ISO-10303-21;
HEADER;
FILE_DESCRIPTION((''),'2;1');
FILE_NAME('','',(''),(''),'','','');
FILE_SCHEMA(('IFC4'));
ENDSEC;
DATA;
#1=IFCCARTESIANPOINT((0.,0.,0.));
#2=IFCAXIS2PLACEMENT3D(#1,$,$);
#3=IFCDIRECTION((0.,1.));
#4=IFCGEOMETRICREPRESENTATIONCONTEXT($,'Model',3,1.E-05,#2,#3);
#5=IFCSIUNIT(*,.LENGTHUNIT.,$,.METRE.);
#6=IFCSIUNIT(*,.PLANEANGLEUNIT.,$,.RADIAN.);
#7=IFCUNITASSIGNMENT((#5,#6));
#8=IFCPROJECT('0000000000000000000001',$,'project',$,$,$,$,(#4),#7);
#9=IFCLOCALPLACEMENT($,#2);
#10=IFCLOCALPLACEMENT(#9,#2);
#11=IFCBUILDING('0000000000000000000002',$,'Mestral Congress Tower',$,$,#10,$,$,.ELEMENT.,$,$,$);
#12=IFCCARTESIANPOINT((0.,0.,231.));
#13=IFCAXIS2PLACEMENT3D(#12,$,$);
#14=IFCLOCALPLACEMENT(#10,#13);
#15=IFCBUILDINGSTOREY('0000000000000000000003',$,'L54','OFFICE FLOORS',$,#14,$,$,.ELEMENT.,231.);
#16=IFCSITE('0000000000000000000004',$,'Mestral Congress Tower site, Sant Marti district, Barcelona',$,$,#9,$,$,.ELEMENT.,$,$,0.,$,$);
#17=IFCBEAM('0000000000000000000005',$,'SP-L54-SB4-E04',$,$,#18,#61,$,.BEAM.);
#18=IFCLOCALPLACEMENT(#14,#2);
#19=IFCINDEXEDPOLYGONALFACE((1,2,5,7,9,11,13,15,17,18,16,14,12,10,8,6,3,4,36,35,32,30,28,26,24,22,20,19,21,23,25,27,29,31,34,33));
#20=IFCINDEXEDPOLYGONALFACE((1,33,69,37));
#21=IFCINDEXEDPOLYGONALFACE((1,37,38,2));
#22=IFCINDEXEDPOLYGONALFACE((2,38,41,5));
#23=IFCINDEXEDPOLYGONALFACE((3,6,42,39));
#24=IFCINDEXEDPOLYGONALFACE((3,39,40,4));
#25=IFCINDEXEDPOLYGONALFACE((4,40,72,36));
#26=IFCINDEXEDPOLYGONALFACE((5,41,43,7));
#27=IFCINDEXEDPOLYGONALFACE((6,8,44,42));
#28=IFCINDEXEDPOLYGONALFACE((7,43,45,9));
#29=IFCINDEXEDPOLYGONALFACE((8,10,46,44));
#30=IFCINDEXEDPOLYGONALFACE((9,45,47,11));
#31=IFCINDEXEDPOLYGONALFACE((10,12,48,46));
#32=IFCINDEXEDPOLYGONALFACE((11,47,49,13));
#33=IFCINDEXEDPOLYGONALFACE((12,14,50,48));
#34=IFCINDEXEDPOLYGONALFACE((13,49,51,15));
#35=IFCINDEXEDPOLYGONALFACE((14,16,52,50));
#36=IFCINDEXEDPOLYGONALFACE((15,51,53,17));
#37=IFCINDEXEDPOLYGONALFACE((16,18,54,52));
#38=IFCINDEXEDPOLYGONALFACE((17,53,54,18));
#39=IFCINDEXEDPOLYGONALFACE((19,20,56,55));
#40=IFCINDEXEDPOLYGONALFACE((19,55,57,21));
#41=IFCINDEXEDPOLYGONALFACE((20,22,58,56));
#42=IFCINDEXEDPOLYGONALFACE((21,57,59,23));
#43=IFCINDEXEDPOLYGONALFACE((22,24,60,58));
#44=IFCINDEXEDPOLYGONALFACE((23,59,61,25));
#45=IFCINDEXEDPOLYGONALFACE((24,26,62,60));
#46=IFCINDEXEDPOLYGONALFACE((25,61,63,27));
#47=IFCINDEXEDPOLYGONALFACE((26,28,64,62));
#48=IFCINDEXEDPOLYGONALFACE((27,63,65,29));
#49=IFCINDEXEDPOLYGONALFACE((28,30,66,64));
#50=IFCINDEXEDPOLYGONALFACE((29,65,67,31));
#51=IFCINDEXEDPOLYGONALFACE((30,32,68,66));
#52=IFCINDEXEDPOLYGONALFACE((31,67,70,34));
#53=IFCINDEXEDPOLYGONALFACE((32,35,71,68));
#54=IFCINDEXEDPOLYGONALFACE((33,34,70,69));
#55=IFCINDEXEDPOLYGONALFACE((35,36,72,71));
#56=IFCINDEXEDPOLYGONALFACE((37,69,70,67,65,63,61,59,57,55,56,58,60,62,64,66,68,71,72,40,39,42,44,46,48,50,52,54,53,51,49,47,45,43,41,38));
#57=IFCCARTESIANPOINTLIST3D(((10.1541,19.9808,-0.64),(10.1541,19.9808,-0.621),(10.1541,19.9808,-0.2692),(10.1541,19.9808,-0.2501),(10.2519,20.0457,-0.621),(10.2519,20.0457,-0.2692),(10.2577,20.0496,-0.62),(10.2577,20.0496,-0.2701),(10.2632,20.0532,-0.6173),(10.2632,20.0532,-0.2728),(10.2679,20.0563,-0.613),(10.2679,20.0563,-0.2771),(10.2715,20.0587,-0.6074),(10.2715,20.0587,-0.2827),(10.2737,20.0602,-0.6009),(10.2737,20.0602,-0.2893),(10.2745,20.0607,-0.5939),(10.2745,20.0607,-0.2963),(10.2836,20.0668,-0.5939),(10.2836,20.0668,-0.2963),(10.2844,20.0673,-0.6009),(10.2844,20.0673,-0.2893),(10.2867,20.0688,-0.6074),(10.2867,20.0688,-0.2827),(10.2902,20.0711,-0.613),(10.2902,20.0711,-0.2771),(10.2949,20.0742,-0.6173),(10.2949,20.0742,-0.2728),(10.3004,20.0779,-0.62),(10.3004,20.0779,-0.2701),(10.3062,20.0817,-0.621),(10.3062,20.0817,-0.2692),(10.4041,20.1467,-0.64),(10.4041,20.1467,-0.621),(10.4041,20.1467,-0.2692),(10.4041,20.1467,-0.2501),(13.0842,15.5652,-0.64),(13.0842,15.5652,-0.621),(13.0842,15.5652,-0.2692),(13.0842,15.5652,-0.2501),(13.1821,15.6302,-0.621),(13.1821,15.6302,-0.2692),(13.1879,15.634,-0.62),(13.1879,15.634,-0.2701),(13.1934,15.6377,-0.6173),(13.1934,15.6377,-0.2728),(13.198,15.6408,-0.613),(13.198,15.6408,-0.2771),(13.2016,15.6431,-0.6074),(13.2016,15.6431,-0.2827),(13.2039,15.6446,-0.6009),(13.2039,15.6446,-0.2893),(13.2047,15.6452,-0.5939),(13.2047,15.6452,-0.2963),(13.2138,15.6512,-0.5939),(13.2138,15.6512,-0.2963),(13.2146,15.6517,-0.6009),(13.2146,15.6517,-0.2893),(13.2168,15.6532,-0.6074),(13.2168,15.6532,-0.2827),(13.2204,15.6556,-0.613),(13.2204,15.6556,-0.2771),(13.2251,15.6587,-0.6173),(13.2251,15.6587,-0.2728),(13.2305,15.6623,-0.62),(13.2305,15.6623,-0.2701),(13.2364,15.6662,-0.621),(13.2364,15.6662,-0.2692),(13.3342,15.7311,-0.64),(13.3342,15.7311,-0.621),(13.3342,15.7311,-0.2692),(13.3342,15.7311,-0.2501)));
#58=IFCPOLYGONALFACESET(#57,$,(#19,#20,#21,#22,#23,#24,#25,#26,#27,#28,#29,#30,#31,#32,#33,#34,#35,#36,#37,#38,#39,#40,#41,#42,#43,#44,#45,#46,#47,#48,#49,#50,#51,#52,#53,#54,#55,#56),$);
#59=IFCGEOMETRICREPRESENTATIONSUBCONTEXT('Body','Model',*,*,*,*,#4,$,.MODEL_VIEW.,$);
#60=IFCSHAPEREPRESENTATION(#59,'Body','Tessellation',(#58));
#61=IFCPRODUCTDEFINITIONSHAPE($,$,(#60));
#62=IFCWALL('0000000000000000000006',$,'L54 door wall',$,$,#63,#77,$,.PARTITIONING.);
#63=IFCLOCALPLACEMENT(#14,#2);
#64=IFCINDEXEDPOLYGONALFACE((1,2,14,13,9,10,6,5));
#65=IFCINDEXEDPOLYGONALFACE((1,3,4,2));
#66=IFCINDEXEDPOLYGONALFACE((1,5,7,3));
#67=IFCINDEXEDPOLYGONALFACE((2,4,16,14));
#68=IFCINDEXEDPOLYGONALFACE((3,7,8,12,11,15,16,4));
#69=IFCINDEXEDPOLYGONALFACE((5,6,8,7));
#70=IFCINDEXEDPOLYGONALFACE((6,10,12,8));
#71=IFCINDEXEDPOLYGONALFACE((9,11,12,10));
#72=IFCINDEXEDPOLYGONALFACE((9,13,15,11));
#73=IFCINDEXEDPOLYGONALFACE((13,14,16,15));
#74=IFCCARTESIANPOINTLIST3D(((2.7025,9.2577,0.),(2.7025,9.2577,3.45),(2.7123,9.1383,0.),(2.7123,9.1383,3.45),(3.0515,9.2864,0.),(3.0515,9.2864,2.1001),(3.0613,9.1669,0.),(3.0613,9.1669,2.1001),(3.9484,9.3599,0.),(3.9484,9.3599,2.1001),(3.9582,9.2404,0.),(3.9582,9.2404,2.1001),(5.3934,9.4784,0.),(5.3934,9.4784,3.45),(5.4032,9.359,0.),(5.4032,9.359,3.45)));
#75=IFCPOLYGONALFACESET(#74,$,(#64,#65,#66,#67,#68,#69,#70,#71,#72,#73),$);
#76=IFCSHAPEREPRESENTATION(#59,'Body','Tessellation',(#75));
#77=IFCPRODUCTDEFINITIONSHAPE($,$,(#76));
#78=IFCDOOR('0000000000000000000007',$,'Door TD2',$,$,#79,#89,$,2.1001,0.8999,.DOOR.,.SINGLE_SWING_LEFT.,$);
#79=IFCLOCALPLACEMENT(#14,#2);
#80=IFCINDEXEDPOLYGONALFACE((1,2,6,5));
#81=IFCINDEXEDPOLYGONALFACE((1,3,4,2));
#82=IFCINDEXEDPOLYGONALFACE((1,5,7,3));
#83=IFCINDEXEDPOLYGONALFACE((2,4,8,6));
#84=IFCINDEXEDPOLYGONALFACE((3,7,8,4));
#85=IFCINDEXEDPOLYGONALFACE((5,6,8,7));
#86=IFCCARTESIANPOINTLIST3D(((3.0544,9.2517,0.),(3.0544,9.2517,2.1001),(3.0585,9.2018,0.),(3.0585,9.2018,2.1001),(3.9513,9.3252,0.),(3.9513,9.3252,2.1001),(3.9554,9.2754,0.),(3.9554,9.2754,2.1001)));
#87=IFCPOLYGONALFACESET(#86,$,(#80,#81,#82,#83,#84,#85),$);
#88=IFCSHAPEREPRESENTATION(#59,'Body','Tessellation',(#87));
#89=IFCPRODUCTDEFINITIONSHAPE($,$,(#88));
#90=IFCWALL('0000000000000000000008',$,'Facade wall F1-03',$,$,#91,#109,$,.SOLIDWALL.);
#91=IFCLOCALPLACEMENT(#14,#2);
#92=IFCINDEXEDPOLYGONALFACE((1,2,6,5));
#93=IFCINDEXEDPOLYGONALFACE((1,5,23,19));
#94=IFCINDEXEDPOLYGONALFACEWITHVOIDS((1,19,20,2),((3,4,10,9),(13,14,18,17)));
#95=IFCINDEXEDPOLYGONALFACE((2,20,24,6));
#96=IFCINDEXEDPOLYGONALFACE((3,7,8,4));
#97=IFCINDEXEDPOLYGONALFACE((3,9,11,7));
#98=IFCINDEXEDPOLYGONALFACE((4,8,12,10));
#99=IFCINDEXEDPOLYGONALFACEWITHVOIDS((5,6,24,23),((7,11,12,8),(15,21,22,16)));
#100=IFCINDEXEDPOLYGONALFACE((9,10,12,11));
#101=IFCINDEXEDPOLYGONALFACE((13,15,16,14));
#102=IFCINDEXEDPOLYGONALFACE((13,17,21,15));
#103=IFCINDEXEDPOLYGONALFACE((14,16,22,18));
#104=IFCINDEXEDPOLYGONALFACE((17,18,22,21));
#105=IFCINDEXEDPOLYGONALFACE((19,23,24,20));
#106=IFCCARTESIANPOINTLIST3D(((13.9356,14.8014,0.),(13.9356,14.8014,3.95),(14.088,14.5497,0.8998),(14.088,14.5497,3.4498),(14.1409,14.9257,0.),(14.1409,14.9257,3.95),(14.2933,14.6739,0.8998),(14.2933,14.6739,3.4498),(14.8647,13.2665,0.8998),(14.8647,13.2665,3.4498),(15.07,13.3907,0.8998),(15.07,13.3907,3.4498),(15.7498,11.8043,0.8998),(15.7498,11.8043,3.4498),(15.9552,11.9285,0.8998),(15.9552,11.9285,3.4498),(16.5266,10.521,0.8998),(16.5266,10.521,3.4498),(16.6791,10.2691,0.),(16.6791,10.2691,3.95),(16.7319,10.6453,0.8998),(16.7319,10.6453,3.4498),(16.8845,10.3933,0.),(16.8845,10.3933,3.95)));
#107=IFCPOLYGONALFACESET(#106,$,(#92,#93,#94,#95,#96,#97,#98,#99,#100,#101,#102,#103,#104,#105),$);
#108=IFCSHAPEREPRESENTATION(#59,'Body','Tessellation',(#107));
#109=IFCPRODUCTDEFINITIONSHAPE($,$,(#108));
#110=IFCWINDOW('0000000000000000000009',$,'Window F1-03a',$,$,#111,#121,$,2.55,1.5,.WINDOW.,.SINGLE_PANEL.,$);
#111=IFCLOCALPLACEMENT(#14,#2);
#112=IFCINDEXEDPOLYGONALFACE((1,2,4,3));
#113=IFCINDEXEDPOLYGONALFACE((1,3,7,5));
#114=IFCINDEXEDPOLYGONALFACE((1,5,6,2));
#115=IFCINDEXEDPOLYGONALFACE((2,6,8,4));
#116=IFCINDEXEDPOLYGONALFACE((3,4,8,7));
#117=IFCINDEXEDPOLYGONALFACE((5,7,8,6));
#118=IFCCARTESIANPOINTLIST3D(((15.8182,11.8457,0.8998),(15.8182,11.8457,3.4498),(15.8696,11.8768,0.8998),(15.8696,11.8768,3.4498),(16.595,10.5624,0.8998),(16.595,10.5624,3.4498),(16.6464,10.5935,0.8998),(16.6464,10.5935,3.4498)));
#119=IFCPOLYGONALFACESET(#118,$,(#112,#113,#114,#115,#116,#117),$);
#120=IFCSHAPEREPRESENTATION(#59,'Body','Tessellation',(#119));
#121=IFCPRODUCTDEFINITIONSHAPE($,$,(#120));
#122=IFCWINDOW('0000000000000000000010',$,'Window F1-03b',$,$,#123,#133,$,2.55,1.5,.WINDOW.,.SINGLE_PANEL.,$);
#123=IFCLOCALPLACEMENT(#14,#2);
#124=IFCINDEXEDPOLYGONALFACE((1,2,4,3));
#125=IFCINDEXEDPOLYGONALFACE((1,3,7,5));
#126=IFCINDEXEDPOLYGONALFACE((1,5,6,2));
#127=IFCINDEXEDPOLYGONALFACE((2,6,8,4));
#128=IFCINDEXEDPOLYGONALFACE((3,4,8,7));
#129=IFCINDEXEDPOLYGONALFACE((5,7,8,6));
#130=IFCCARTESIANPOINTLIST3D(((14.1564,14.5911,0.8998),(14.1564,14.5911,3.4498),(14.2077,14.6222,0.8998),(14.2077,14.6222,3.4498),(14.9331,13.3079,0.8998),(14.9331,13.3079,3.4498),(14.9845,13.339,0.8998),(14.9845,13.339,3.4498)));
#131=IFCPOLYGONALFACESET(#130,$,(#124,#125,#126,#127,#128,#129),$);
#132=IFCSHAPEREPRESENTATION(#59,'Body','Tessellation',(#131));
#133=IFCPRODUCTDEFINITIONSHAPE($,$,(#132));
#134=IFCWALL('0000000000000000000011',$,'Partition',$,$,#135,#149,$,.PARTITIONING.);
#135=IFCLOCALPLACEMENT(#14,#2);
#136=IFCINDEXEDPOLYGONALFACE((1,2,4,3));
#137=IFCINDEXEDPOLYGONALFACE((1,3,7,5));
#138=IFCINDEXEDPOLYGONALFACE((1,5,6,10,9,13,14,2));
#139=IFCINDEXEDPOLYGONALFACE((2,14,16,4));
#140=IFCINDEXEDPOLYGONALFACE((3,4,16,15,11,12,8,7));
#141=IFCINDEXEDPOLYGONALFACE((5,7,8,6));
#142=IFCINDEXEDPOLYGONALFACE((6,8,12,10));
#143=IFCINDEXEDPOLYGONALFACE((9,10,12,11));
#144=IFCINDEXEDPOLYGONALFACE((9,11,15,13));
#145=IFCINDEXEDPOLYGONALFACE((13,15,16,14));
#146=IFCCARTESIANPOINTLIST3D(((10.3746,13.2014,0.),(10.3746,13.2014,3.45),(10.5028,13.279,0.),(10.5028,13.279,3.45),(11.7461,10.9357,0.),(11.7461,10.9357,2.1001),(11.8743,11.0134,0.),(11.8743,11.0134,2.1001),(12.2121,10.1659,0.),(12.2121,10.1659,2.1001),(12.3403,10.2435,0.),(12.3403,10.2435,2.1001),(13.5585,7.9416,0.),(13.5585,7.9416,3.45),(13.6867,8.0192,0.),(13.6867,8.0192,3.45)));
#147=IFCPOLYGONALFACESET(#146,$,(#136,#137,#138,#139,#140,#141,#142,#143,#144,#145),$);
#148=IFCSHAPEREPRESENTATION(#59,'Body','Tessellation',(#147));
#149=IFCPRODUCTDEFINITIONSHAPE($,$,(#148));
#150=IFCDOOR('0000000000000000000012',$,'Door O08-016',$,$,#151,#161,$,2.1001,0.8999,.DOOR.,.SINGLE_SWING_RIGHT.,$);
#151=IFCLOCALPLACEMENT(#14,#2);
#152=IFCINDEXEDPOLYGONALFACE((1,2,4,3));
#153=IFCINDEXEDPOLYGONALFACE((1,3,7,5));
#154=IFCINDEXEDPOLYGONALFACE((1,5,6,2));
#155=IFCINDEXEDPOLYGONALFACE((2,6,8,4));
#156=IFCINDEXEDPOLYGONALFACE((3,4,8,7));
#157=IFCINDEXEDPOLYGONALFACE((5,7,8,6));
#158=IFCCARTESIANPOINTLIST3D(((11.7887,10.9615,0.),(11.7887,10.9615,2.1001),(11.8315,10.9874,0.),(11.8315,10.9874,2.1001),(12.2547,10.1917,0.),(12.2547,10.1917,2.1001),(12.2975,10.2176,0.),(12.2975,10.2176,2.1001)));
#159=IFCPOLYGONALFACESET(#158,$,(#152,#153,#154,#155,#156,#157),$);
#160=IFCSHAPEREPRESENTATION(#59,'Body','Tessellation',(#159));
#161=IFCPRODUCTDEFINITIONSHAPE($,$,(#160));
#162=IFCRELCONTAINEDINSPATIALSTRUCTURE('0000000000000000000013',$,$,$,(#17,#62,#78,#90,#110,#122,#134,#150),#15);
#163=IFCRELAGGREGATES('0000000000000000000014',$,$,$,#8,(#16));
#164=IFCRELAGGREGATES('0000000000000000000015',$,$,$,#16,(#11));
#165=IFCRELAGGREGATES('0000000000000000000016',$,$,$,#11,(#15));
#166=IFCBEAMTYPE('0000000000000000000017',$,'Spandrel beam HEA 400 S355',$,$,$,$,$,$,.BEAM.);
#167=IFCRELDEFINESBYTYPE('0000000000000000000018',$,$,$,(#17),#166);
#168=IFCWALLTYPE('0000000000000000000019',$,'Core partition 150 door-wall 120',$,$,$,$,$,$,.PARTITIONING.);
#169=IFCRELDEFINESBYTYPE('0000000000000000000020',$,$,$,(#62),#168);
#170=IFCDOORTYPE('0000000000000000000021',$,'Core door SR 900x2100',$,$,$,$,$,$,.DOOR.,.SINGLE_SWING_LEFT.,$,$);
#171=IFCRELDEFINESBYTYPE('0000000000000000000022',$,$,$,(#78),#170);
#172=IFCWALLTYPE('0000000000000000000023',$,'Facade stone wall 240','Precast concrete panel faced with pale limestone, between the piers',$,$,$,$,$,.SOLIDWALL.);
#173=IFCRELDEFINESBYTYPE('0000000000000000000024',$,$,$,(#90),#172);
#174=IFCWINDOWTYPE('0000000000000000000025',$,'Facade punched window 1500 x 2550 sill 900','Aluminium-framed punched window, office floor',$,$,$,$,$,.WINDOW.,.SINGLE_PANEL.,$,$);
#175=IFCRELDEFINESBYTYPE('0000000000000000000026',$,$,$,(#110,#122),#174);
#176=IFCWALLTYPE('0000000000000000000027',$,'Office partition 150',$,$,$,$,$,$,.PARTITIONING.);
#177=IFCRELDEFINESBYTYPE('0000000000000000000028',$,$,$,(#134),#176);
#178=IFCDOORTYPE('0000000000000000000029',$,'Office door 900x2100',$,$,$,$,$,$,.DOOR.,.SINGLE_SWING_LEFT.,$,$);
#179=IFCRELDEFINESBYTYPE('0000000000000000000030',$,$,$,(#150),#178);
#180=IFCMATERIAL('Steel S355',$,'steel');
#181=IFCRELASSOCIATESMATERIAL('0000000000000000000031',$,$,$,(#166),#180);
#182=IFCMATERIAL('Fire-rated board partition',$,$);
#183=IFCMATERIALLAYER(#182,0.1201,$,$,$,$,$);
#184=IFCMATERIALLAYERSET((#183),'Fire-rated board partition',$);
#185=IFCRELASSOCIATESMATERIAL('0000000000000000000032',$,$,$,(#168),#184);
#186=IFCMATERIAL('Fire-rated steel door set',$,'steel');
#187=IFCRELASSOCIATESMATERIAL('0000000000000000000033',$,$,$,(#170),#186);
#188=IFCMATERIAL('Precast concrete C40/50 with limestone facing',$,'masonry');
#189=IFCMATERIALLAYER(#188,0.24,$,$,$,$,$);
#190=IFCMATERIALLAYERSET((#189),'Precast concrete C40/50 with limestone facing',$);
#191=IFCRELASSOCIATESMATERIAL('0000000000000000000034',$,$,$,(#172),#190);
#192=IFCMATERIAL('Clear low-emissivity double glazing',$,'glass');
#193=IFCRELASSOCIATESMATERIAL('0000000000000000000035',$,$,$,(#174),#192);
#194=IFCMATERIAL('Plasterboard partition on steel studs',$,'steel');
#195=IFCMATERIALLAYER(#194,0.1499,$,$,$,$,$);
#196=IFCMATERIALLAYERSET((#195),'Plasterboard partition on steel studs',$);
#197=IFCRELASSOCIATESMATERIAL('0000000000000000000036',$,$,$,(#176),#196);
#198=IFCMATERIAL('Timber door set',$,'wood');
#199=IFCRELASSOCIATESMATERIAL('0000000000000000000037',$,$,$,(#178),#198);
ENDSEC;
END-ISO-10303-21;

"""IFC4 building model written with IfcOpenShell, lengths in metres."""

from ifc_helpers import new_model, si_unit, direction, frame, frame_2d, origin, origin_2d, place, context, subcontext, project, spatial, rectangle, i_section, extrude, material, layer, layer_set, material_profile, profile_set, type_object, element, fill, save


model = new_model("IFC4")

# Units and contexts
model_context = context("Model", 3, precision=1e-05, world=origin(), true_north=direction((0.0, 1.0)))
body_context = subcontext(model_context, "Body", "Model", "MODEL_VIEW")
ifc_project = project(units=[si_unit("LENGTHUNIT", "METRE"), si_unit("PLANEANGLEUNIT", "RADIAN")], contexts=[model_context])

# Site, building, storey
site_placement = place(None, origin())
site = spatial("IfcSite", under=ifc_project, at=site_placement, Name="Mestral Congress Tower site, Sant Marti district, Barcelona", CompositionType="ELEMENT", RefElevation=0.0)
building_placement = place(site_placement, origin())
building = spatial("IfcBuilding", under=site, at=building_placement, Name="Mestral Congress Tower", CompositionType="ELEMENT")
storey_placement = place(building_placement, frame((0.0, 0.0, 231.0)))
storey = spatial("IfcBuildingStorey", under=building, at=storey_placement, Name="L54", Description="OFFICE FLOORS", CompositionType="ELEMENT", Elevation=231.0)

# Beam
ifc_material_1 = material(Name="Steel S355", Category="steel")
ifc_material_profile_1 = material_profile(ifc_material_1, i_section(OverallWidth=0.3, OverallDepth=0.3899, WebThickness=0.011, FlangeThickness=0.019, FilletRadius=0.0271, at=origin_2d()), Name="HEA 400")
ifc_profile_set_1 = profile_set([ifc_material_profile_1], Name="Steel S355")
beam_type_1 = type_object("IfcBeamType", Name="Spandrel beam HEA 400 S355", PredefinedType="BEAM", material=ifc_profile_set_1)
for number, where, z_axis, x_axis, name in (
    (1, (13.2092, 15.6482, -0.4451), (-0.552934, 0.833225, 0.0), (-0.833225, -0.552934, 0.0), "SP-L54-SB4-E04"),
):
    element("IfcBeam", number, at=place(storey_placement, frame(where, z_axis=z_axis, x_axis=x_axis)), inside=storey, type_object=beam_type_1, Name=name, PredefinedType="BEAM", context=body_context, shape_type="SweptSolid", body=[
        extrude(i_section(OverallWidth=0.3, OverallDepth=0.3899, WebThickness=0.011, FlangeThickness=0.019, FilletRadius=0.0271, at=origin_2d()), origin(), (0.0, 0.0, 1.0), 5.2993),
    ])

# Wall, opening, door
ifc_material_2 = material(Name="Fire-rated board partition")
ifc_layer_1 = layer(ifc_material_2, 0.1201)
ifc_layer_set_1 = layer_set([ifc_layer_1], Name="Fire-rated board partition")
wall_type_1 = type_object("IfcWallType", Name="Core partition 150 door-wall 120", PredefinedType="PARTITIONING", material=ifc_layer_set_1)
wall_1_placement = place(storey_placement, frame((5.3984, 9.4187, 0.0), z_axis=(0.0, 0.0, 1.0), x_axis=(-0.996653, -0.081743, 0.0)))
wall_1 = element("IfcWall", 2, at=wall_1_placement, inside=storey, type_object=wall_type_1, Name="L54 door wall", PredefinedType="PARTITIONING", context=body_context, shape_type="SweptSolid", body=[
    extrude(rectangle(XDim=2.7, YDim=0.1199, at=frame_2d((1.3501, 0.0))), origin(), (0.0, 0.0, 1.0), 3.45),
])
opening_1_placement = place(wall_1_placement, frame((1.45, 0.0, 0.0)))
opening_1 = element("IfcOpeningElement", 3, at=opening_1_placement, cuts=wall_1, PredefinedType="OPENING", context=body_context, shape_type="SweptSolid", body=[
    extrude(rectangle(XDim=0.8999, YDim=2.1001, at=frame_2d((0.45, 1.05))), frame((0.0, 0.0698, 0.0), z_axis=(0.0, -1.0, 0.0), x_axis=(1.0, 0.0, 0.0)), (0.0, 0.0, 1.0), 0.1399),
])
ifc_material_3 = material(Name="Fire-rated steel door set", Category="steel")
door_type_1 = type_object("IfcDoorType", Name="Core door SR 900x2100", OperationType="SINGLE_SWING_LEFT", PredefinedType="DOOR", material=ifc_material_3)
door_1_placement = place(opening_1_placement, origin())
door_1 = element("IfcDoor", 4, at=door_1_placement, inside=storey, type_object=door_type_1, Name="Door TD2", OperationType="SINGLE_SWING_LEFT", OverallHeight=2.1001, OverallWidth=0.8999, PredefinedType="DOOR", context=body_context, shape_type="SweptSolid", body=[
    extrude(rectangle(XDim=0.8999, YDim=2.1001, at=frame_2d((0.45, 1.05))), frame((0.0, 0.0249, 0.0), z_axis=(0.0, -1.0, 0.0), x_axis=(1.0, 0.0, 0.0)), (0.0, 0.0, 1.0), 0.05),
])
fill(opening_1, door_1)

# Wall, openings, windows
ifc_material_4 = material(Name="Precast concrete C40/50 with limestone facing", Category="masonry")
ifc_layer_2 = layer(ifc_material_4, 0.24)
ifc_layer_set_2 = layer_set([ifc_layer_2], Name="Precast concrete C40/50 with limestone facing")
wall_type_2 = type_object("IfcWallType", Name="Facade stone wall 240", Description="Precast concrete panel faced with pale limestone, between the piers", PredefinedType="SOLIDWALL", material=ifc_layer_set_2)
wall_2_placement = place(storey_placement, frame((16.7817, 10.3313, 0.0), z_axis=(0.0, 0.0, 1.0), x_axis=(-0.517846, 0.855474, 0.0)))
wall_2 = element("IfcWall", 5, at=wall_2_placement, inside=storey, type_object=wall_type_2, Name="Facade wall F1-03", PredefinedType="SOLIDWALL", context=body_context, shape_type="SweptSolid", body=[
    extrude(rectangle(XDim=5.2981, YDim=0.24, at=frame_2d((2.6489, 0.0))), origin(), (0.0, 0.0, 1.0), 3.95),
])
opening_2_placement = place(wall_2_placement, frame((0.2944, 0.0, 0.8999)))
opening_2 = element("IfcOpeningElement", 6, at=opening_2_placement, cuts=wall_2, PredefinedType="OPENING", context=body_context, shape_type="SweptSolid", body=[
    extrude(rectangle(XDim=1.5, YDim=2.55, at=frame_2d((0.75, 1.2749))), frame((0.0, 0.1299, 0.0), z_axis=(0.0, -1.0, 0.0), x_axis=(1.0, 0.0, 0.0)), (0.0, 0.0, 1.0), 0.26),
])
opening_3_placement = place(wall_2_placement, frame((3.5037, 0.0, 0.8999)))
opening_3 = element("IfcOpeningElement", 7, at=opening_3_placement, cuts=wall_2, PredefinedType="OPENING", context=body_context, shape_type="SweptSolid", body=[
    extrude(rectangle(XDim=1.5, YDim=2.55, at=frame_2d((0.75, 1.2749))), frame((0.0, 0.1299, 0.0), z_axis=(0.0, -1.0, 0.0), x_axis=(1.0, 0.0, 0.0)), (0.0, 0.0, 1.0), 0.26),
])
ifc_material_5 = material(Name="Clear low-emissivity double glazing", Category="glass")
window_type = type_object("IfcWindowType", Name="Facade punched window 1500 x 2550 sill 900", Description="Aluminium-framed punched window, office floor", PartitioningType="SINGLE_PANEL", PredefinedType="WINDOW", material=ifc_material_5)
window_1_placement = place(opening_2_placement, origin())
window_1 = element("IfcWindow", 8, at=window_1_placement, inside=storey, type_object=window_type, Name="Window F1-03a", OverallHeight=2.55, OverallWidth=1.5, PartitioningType="SINGLE_PANEL", PredefinedType="WINDOW", context=body_context, shape_type="SweptSolid", body=[
    extrude(rectangle(XDim=1.5, YDim=2.55, at=frame_2d((0.75, 1.2749))), frame((0.0, 0.04, 0.0), z_axis=(0.0, -1.0, 0.0), x_axis=(1.0, 0.0, 0.0)), (0.0, 0.0, 1.0), 0.0601),
])
fill(opening_2, window_1)
window_2_placement = place(opening_3_placement, origin())
window_2 = element("IfcWindow", 9, at=window_2_placement, inside=storey, type_object=window_type, Name="Window F1-03b", OverallHeight=2.55, OverallWidth=1.5, PartitioningType="SINGLE_PANEL", PredefinedType="WINDOW", context=body_context, shape_type="SweptSolid", body=[
    extrude(rectangle(XDim=1.5, YDim=2.55, at=frame_2d((0.75, 1.2749))), frame((0.0, 0.04, 0.0), z_axis=(0.0, -1.0, 0.0), x_axis=(1.0, 0.0, 0.0)), (0.0, 0.0, 1.0), 0.0601),
])
fill(opening_3, window_2)

# Wall, opening, door
ifc_material_6 = material(Name="Plasterboard partition on steel studs", Category="steel")
ifc_layer_3 = layer(ifc_material_6, 0.1499)
ifc_layer_set_3 = layer_set([ifc_layer_3], Name="Plasterboard partition on steel studs")
wall_type_3 = type_object("IfcWallType", Name="Office partition 150", PredefinedType="PARTITIONING", material=ifc_layer_set_3)
wall_3_placement = place(storey_placement, frame((10.4387, 13.2402, 0.0), z_axis=(0.0, 0.0, 1.0), x_axis=(0.517838, -0.855479, 0.0)))
wall_3 = element("IfcWall", 10, at=wall_3_placement, inside=storey, type_object=wall_type_3, Name="Partition", PredefinedType="PARTITIONING", context=body_context, shape_type="SweptSolid", body=[
    extrude(rectangle(XDim=6.1484, YDim=0.1499, at=frame_2d((3.0742, 0.0))), origin(), (0.0, 0.0, 1.0), 3.45),
])
opening_4_placement = place(wall_3_placement, frame((2.6484, 0.0, 0.0)))
opening_4 = element("IfcOpeningElement", 11, at=opening_4_placement, cuts=wall_3, PredefinedType="OPENING", context=body_context, shape_type="SweptSolid", body=[
    extrude(rectangle(XDim=0.8999, YDim=2.1001, at=frame_2d((0.45, 1.05))), frame((0.0, 0.085, 0.0), z_axis=(0.0, -1.0, 0.0), x_axis=(1.0, 0.0, 0.0)), (0.0, 0.0, 1.0), 0.1699),
])
ifc_material_7 = material(Name="Timber door set", Category="wood")
door_type_2 = type_object("IfcDoorType", Name="Office door 900x2100", OperationType="SINGLE_SWING_LEFT", PredefinedType="DOOR", material=ifc_material_7)
door_2_placement = place(opening_4_placement, origin())
door_2 = element("IfcDoor", 12, at=door_2_placement, inside=storey, type_object=door_type_2, Name="Door O08-016", OperationType="SINGLE_SWING_RIGHT", OverallHeight=2.1001, OverallWidth=0.8999, PredefinedType="DOOR", context=body_context, shape_type="SweptSolid", body=[
    extrude(rectangle(XDim=0.8999, YDim=2.1001, at=frame_2d((0.45, 1.05))), frame((0.0, 0.0249, 0.0), z_axis=(0.0, -1.0, 0.0), x_axis=(1.0, 0.0, 0.0)), (0.0, 0.0, 1.0), 0.05),
])
fill(opening_4, door_2)

save(model, "model.ifc")
